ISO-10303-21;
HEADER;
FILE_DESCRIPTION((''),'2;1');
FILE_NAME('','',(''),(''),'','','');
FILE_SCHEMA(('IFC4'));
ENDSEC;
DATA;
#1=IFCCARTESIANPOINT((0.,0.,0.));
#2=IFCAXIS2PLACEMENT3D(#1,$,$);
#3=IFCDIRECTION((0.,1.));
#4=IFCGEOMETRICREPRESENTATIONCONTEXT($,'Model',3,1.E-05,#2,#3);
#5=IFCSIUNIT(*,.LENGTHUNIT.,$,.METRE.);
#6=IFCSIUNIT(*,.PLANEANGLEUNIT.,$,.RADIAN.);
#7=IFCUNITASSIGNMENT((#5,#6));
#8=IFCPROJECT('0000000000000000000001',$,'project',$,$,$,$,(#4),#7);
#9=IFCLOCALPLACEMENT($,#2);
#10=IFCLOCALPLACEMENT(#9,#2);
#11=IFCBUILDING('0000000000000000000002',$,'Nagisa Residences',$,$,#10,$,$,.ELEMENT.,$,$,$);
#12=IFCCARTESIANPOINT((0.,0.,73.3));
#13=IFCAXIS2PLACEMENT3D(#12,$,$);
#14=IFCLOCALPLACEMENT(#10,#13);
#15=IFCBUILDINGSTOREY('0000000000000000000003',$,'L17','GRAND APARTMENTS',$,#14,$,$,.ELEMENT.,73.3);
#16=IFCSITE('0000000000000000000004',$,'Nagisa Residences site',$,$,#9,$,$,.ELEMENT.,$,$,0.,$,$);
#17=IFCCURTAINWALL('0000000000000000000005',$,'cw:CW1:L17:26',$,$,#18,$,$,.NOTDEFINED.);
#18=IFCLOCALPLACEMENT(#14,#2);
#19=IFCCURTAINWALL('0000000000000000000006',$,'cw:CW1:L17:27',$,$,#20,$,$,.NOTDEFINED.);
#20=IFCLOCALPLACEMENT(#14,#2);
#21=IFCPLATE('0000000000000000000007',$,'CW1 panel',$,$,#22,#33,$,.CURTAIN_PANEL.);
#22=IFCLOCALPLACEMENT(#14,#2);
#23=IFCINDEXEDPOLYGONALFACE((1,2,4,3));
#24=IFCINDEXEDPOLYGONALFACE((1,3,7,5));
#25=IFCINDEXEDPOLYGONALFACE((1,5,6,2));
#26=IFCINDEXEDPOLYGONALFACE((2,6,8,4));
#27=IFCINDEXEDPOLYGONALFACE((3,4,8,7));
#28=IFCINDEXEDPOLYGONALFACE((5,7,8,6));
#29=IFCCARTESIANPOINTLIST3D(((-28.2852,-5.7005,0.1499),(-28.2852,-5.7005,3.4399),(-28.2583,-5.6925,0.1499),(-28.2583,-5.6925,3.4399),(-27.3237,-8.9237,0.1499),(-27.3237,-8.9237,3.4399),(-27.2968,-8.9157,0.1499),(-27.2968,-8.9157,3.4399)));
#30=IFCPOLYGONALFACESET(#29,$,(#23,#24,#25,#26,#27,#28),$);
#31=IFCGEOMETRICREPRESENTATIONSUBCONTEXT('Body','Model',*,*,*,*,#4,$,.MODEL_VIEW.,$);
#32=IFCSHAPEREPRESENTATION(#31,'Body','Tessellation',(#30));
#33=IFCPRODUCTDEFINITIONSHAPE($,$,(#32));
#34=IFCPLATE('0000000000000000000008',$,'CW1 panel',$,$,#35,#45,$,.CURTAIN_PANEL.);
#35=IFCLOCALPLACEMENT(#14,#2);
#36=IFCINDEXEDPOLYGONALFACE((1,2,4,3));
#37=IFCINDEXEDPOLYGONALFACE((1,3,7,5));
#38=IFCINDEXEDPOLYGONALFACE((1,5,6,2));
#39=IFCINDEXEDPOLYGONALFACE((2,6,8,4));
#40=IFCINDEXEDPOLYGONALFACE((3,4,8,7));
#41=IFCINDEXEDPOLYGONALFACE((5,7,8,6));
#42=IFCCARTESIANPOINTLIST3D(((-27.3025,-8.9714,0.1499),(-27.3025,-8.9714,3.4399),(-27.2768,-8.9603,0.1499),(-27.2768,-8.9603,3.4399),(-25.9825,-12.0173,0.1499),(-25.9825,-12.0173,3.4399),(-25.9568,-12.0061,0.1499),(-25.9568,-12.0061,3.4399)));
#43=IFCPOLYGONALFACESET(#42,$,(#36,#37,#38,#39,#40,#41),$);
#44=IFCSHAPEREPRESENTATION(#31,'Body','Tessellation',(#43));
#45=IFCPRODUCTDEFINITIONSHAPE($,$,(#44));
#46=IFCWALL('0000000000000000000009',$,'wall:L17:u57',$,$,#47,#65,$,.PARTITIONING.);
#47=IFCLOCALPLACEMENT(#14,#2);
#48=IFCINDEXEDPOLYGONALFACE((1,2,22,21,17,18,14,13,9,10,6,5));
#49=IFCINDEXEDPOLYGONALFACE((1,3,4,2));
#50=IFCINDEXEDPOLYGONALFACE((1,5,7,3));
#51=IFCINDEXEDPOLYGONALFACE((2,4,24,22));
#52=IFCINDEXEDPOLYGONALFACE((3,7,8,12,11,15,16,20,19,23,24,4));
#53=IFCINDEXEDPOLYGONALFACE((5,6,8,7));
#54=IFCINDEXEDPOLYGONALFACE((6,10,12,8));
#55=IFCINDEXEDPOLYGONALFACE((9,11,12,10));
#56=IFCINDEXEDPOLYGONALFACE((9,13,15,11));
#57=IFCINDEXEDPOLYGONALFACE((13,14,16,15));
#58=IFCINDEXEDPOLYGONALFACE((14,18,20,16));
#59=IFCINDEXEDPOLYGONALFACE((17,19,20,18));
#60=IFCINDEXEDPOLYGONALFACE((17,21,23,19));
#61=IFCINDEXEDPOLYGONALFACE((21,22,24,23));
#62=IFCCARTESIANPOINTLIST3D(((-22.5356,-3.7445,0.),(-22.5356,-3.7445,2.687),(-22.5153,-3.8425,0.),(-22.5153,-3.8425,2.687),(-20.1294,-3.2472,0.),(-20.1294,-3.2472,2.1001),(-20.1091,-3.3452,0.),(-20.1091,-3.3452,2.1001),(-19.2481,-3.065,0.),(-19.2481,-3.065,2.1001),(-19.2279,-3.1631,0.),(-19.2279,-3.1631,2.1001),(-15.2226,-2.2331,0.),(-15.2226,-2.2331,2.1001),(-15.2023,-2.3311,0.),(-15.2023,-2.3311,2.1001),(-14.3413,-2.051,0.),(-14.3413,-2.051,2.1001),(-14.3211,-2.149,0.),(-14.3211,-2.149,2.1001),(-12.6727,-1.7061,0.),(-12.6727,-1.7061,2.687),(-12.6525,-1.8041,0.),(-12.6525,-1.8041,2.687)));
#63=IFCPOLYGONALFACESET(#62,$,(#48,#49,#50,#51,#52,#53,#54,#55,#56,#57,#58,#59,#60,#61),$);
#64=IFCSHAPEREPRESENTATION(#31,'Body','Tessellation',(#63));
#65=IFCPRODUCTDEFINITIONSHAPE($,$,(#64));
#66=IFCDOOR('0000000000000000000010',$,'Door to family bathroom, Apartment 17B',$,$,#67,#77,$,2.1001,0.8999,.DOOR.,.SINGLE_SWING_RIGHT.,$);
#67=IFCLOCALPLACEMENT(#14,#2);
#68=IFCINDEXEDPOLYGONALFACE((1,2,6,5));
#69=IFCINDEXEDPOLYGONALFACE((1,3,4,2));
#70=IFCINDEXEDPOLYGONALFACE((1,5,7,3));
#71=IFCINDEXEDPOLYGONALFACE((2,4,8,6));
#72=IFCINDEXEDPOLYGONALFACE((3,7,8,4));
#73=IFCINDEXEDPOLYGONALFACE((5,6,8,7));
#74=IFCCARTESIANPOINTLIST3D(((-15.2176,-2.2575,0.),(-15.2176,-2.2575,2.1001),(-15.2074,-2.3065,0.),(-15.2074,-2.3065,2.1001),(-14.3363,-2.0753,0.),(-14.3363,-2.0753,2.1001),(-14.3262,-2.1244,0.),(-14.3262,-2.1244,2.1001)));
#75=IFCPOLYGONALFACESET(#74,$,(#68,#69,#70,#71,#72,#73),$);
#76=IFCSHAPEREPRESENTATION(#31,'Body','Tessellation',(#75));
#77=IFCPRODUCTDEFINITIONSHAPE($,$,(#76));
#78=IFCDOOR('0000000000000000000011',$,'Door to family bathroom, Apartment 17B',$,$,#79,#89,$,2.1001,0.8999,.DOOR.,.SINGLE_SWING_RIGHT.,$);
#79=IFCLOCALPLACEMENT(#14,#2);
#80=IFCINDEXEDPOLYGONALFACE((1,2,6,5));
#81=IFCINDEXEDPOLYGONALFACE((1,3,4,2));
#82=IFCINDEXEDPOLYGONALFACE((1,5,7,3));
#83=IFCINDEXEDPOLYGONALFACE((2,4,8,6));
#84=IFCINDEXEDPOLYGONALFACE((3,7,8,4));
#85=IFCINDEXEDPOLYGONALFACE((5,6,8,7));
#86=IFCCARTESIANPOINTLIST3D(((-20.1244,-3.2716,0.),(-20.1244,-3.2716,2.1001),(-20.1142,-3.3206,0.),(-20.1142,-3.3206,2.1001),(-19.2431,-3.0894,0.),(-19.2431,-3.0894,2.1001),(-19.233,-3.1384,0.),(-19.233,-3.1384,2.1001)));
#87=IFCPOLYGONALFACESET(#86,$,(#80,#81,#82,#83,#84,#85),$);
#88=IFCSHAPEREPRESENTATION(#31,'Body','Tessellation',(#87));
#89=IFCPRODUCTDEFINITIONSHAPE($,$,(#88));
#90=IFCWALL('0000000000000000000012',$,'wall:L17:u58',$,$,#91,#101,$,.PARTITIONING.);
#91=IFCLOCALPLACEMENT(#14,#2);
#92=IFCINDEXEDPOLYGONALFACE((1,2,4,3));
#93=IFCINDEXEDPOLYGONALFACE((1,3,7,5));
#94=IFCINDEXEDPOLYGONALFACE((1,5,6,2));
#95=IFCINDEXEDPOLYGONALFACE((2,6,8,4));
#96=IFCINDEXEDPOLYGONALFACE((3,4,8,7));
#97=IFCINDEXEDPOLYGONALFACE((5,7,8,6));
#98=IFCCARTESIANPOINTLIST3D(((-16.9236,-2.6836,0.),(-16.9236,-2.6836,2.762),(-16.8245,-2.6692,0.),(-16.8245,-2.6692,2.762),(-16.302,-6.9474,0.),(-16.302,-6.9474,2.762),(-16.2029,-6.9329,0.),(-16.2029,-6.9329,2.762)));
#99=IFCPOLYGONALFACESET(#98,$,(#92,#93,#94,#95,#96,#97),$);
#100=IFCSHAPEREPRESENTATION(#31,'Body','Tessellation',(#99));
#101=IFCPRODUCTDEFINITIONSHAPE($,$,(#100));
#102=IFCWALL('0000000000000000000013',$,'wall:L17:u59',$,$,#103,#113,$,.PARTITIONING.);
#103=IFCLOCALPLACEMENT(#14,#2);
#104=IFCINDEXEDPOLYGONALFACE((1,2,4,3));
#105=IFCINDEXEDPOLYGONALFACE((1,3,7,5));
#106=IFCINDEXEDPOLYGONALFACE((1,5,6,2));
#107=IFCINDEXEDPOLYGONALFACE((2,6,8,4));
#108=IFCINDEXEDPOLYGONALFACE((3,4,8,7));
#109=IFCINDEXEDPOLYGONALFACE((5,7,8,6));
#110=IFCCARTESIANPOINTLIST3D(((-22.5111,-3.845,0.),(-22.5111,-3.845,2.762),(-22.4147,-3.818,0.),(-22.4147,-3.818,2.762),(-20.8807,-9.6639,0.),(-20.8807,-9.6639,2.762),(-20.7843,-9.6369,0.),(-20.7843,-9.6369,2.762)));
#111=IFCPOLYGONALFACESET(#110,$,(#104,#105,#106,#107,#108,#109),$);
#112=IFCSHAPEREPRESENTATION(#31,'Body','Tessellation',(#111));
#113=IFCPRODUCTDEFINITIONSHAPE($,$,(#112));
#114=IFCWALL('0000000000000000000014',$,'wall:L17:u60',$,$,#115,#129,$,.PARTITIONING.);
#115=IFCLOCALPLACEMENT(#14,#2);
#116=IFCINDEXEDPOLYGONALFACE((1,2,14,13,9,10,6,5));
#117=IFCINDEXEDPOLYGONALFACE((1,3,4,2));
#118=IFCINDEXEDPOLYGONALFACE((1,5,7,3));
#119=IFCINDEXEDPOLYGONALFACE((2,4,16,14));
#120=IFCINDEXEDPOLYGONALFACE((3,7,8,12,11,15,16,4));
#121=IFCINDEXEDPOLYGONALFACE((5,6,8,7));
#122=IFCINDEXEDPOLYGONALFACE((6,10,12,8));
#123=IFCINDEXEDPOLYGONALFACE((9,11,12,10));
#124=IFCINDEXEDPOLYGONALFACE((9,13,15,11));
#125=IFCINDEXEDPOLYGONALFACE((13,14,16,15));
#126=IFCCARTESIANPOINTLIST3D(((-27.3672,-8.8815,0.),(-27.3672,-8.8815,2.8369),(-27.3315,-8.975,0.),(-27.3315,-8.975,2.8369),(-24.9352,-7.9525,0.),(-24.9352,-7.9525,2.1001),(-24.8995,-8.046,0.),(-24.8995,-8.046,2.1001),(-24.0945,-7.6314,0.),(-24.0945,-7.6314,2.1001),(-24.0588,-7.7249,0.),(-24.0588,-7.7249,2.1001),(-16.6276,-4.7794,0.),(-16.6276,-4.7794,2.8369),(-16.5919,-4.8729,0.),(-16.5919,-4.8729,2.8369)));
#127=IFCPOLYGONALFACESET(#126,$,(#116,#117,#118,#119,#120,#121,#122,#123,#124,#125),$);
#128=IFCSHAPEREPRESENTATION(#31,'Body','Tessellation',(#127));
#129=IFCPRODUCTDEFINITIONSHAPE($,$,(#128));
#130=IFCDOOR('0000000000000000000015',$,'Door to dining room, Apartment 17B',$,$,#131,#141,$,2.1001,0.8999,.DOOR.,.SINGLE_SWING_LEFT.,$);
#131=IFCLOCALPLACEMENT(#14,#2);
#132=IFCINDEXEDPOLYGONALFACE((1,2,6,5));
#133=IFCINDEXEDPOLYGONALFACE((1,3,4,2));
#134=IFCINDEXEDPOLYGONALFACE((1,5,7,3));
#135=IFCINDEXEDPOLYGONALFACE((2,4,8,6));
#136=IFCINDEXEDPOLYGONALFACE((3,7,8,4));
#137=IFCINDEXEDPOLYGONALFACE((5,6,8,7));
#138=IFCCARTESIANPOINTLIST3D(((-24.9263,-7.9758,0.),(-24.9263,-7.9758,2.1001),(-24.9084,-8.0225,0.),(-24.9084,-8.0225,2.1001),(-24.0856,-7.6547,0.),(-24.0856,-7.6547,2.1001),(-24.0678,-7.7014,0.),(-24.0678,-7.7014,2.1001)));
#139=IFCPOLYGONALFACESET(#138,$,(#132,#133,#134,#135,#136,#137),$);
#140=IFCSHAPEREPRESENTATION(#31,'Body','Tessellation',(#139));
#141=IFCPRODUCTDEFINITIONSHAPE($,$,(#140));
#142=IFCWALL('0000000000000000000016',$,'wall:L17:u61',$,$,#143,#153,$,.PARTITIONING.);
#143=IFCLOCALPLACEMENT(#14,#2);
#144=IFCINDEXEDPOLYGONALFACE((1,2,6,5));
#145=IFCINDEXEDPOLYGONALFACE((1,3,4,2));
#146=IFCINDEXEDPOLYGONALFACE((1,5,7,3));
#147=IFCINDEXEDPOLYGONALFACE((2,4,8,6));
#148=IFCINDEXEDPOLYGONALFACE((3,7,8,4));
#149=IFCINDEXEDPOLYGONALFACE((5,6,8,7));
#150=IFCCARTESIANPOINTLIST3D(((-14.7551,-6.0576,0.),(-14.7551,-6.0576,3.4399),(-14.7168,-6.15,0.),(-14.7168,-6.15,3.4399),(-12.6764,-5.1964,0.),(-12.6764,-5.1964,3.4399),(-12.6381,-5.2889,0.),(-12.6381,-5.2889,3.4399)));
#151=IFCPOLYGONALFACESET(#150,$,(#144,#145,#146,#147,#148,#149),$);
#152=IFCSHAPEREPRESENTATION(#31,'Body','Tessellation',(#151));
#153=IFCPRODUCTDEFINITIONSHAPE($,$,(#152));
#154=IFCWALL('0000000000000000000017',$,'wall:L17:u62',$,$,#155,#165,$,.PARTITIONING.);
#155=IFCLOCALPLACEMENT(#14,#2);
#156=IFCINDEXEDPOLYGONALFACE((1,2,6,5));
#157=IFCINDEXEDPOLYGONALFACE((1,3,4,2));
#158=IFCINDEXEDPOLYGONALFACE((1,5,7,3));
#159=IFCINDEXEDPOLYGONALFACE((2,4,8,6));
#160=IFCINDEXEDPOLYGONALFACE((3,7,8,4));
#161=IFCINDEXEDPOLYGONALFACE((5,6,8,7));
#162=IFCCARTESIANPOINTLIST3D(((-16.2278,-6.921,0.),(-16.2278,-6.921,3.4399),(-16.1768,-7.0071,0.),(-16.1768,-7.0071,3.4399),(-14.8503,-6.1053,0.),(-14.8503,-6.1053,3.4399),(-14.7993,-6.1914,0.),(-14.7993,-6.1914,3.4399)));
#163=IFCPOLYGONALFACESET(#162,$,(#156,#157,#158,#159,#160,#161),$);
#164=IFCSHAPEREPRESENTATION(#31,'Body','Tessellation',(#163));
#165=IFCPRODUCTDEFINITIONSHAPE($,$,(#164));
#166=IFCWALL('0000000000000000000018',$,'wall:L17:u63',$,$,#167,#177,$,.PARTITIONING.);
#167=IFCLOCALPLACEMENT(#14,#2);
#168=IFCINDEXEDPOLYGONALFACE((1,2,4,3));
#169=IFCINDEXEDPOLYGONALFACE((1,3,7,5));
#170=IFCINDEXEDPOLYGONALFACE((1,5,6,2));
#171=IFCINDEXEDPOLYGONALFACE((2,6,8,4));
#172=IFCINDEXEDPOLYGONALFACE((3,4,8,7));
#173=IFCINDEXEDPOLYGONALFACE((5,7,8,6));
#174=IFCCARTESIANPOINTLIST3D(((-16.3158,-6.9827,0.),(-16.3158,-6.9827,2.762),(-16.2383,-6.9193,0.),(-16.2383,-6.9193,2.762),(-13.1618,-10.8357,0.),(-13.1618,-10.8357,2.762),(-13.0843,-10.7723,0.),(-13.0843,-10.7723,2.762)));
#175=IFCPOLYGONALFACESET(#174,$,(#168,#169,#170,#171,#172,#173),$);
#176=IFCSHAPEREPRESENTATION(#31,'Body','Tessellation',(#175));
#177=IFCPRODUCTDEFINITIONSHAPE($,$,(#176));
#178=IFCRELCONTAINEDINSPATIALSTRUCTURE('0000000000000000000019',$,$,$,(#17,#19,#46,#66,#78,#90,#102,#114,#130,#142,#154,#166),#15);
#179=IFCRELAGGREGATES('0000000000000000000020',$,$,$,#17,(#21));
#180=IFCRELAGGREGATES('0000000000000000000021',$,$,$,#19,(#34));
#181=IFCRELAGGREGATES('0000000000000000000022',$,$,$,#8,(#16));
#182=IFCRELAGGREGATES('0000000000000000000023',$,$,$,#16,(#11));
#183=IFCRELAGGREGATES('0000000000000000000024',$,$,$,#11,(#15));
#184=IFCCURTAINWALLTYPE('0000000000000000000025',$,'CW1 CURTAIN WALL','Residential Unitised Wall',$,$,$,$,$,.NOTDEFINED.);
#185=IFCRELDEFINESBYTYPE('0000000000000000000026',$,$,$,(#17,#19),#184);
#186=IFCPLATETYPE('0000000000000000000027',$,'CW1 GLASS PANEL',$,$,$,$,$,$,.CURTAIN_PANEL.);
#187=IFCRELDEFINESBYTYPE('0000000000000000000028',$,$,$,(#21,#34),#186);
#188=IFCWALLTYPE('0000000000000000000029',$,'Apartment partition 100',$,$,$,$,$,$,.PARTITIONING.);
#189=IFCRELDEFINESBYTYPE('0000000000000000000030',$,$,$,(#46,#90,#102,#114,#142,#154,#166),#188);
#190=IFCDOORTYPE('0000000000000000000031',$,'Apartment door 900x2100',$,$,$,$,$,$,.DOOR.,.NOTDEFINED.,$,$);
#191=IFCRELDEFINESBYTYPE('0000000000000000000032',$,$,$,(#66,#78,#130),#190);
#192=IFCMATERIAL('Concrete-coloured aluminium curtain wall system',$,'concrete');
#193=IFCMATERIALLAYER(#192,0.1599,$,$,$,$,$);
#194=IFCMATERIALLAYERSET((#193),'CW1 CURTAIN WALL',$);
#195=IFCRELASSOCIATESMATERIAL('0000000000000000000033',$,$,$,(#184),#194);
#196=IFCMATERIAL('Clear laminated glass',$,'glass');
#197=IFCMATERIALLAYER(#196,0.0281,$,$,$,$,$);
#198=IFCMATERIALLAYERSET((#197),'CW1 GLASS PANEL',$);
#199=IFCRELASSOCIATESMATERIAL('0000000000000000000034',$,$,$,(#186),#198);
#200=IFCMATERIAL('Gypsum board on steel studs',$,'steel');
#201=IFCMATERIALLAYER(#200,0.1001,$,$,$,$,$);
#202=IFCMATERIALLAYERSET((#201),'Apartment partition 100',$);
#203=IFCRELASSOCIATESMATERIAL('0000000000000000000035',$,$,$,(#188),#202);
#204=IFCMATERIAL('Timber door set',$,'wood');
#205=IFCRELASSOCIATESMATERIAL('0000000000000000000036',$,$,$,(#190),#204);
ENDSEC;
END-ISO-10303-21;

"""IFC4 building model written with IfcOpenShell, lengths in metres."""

from ifc_helpers import new_model, si_unit, direction, frame, frame_2d, origin, origin_2d, place, context, subcontext, project, spatial, rectangle, extrude, material, layer, layer_set, type_object, element, fill, aggregate, save


model = new_model("IFC4")

# Units and contexts
model_context = context("Model", 3, precision=1e-05, world=origin(), true_north=direction((0.0, 1.0)))
body_context = subcontext(model_context, "Body", "Model", "MODEL_VIEW")
ifc_project = project(units=[si_unit("LENGTHUNIT", "METRE"), si_unit("PLANEANGLEUNIT", "RADIAN")], contexts=[model_context])

# Site, building, storey
site_placement = place(None, origin())
site = spatial("IfcSite", under=ifc_project, at=site_placement, Name="Nagisa Residences site", CompositionType="ELEMENT", RefElevation=0.0)
building_placement = place(site_placement, origin())
building = spatial("IfcBuilding", under=site, at=building_placement, Name="Nagisa Residences", CompositionType="ELEMENT")
storey_placement = place(building_placement, frame((0.0, 0.0, 73.3)))
storey = spatial("IfcBuildingStorey", under=building, at=storey_placement, Name="L17", Description="GRAND APARTMENTS", CompositionType="ELEMENT", Elevation=73.3)

# Curtain walls
ifc_material_1 = material(Name="Concrete-coloured aluminium curtain wall system", Category="concrete")
ifc_layer_1 = layer(ifc_material_1, 0.1599)
ifc_layer_set_1 = layer_set([ifc_layer_1], Name="CW1 CURTAIN WALL")
curtain_wall_type = type_object("IfcCurtainWallType", Name="CW1 CURTAIN WALL", Description="Residential Unitised Wall", PredefinedType="NOTDEFINED", material=ifc_layer_set_1)
curtain_wall_1_placement = place(storey_placement, origin())
curtain_wall_1 = element("IfcCurtainWall", 1, at=curtain_wall_1_placement, inside=storey, type_object=curtain_wall_type, Name="cw:CW1:L17:26", PredefinedType="NOTDEFINED")
curtain_wall_2_placement = place(storey_placement, origin())
curtain_wall_2 = element("IfcCurtainWall", 2, at=curtain_wall_2_placement, inside=storey, type_object=curtain_wall_type, Name="cw:CW1:L17:27", PredefinedType="NOTDEFINED")

# Plates
ifc_material_2 = material(Name="Clear laminated glass", Category="glass")
ifc_layer_2 = layer(ifc_material_2, 0.0281)
ifc_layer_set_2 = layer_set([ifc_layer_2], Name="CW1 GLASS PANEL")
plate_type = type_object("IfcPlateType", Name="CW1 GLASS PANEL", PredefinedType="CURTAIN_PANEL", material=ifc_layer_set_2)
plate_1_placement = place(storey_placement, frame((-27.791, -7.3081, 0.1499), z_axis=(0.0, 0.0, 1.0), x_axis=(0.28586, -0.958271, 0.0)))
plate_1 = element("IfcPlate", 3, at=plate_1_placement, type_object=plate_type, Name="CW1 panel", PredefinedType="CURTAIN_PANEL", context=body_context, shape_type="SweptSolid", body=[
    extrude(rectangle(XDim=3.3635, YDim=0.0281, at=origin_2d()), origin(), (0.0, 0.0, 1.0), 3.29),
])
aggregate(curtain_wall_1, [plate_1])
plate_2_placement = place(storey_placement, frame((-26.6296, -10.4888, 0.1499), z_axis=(0.0, 0.0, 1.0), x_axis=(0.397636, -0.917543, 0.0)))
plate_2 = element("IfcPlate", 4, at=plate_2_placement, type_object=plate_type, Name="CW1 panel", PredefinedType="CURTAIN_PANEL", context=body_context, shape_type="SweptSolid", body=[
    extrude(rectangle(XDim=3.3196, YDim=0.0281, at=origin_2d()), origin(), (0.0, 0.0, 1.0), 3.29),
])
aggregate(curtain_wall_2, [plate_2])

# Wall, openings, doors
ifc_material_3 = material(Name="Gypsum board on steel studs", Category="steel")
ifc_layer_3 = layer(ifc_material_3, 0.1001)
ifc_layer_set_3 = layer_set([ifc_layer_3], Name="Apartment partition 100")
wall_type_1 = type_object("IfcWallType", Name="Apartment partition 100", PredefinedType="PARTITIONING", material=ifc_layer_set_3)
wall_1_placement = place(storey_placement, frame((-12.6626, -1.7551, 0.0), z_axis=(0.0, 0.0, 1.0), x_axis=(-0.979305, -0.202392, 0.0)))
wall_1 = element("IfcWall", 5, at=wall_1_placement, inside=storey, type_object=wall_type_1, Name="wall:L17:u57", PredefinedType="PARTITIONING", context=body_context, shape_type="SweptSolid", body=[
    extrude(rectangle(XDim=10.0713, YDim=0.1001, at=frame_2d((5.0356, 0.0))), origin(), (0.0, 0.0, 1.0), 2.687),
])
opening_1_placement = place(wall_1_placement, frame((1.7039, 0.0, 0.0)))
opening_1 = element("IfcOpeningElement", 6, at=opening_1_placement, cuts=wall_1, PredefinedType="OPENING", context=body_context, shape_type="SweptSolid", body=[
    extrude(rectangle(XDim=0.8999, YDim=2.1001, at=frame_2d((0.45, 1.05))), frame((0.0, 0.0601, 0.0), z_axis=(0.0, -1.0, 0.0), x_axis=(1.0, 0.0, 0.0)), (0.0, 0.0, 1.0), 0.1201),
])
opening_2_placement = place(wall_1_placement, frame((6.7144, 0.0, 0.0)))
opening_2 = element("IfcOpeningElement", 7, at=opening_2_placement, cuts=wall_1, PredefinedType="OPENING", context=body_context, shape_type="SweptSolid", body=[
    extrude(rectangle(XDim=0.8999, YDim=2.1001, at=frame_2d((0.45, 1.05))), frame((0.0, 0.0601, 0.0), z_axis=(0.0, -1.0, 0.0), x_axis=(1.0, 0.0, 0.0)), (0.0, 0.0, 1.0), 0.1201),
])
ifc_material_4 = material(Name="Timber door set", Category="wood")
door_type_1 = type_object("IfcDoorType", Name="Apartment door 900x2100", OperationType="NOTDEFINED", PredefinedType="DOOR", material=ifc_material_4)
door_1_placement = place(opening_1_placement, origin())
door_1 = element("IfcDoor", 8, at=door_1_placement, inside=storey, type_object=door_type_1, Name="Door to family bathroom, Apartment 17B", OperationType="SINGLE_SWING_RIGHT", OverallHeight=2.1001, OverallWidth=0.8999, PredefinedType="DOOR", context=body_context, shape_type="SweptSolid", body=[
    extrude(rectangle(XDim=0.8999, YDim=2.1001, at=frame_2d((0.45, 1.05))), frame((0.0, 0.0249, 0.0), z_axis=(0.0, -1.0, 0.0), x_axis=(1.0, 0.0, 0.0)), (0.0, 0.0, 1.0), 0.05),
])
fill(opening_1, door_1)
door_2_placement = place(opening_2_placement, origin())
door_2 = element("IfcDoor", 9, at=door_2_placement, inside=storey, type_object=door_type_1, Name="Door to family bathroom, Apartment 17B", OperationType="SINGLE_SWING_RIGHT", OverallHeight=2.1001, OverallWidth=0.8999, PredefinedType="DOOR", context=body_context, shape_type="SweptSolid", body=[
    extrude(rectangle(XDim=0.8999, YDim=2.1001, at=frame_2d((0.45, 1.05))), frame((0.0, 0.0249, 0.0), z_axis=(0.0, -1.0, 0.0), x_axis=(1.0, 0.0, 0.0)), (0.0, 0.0, 1.0), 0.05),
])
fill(opening_2, door_2)

# Walls
wall_2_placement = place(storey_placement, frame((-16.874, -2.6765, 0.0), z_axis=(0.0, 0.0, 1.0), x_axis=(0.144261, -0.98954, 0.0)))
element("IfcWall", 10, at=wall_2_placement, inside=storey, type_object=wall_type_1, Name="wall:L17:u58", PredefinedType="PARTITIONING", context=body_context, shape_type="SweptSolid", body=[
    extrude(rectangle(XDim=4.3088, YDim=0.1001, at=frame_2d((2.1543, 0.0))), origin(), (0.0, 0.0, 1.0), 2.762),
])
wall_3_placement = place(storey_placement, frame((-22.4629, -3.8315, 0.0), z_axis=(0.0, 0.0, 1.0), x_axis=(0.269798, -0.962917, 0.0)))
element("IfcWall", 11, at=wall_3_placement, inside=storey, type_object=wall_type_1, Name="wall:L17:u59", PredefinedType="PARTITIONING", context=body_context, shape_type="SweptSolid", body=[
    extrude(rectangle(XDim=6.043, YDim=0.1001, at=frame_2d((3.0215, 0.0))), origin(), (0.0, 0.0, 1.0), 2.762),
])

# Wall, opening, door
wall_4_placement = place(storey_placement, frame((-16.6099, -4.8262, 0.0), z_axis=(0.0, 0.0, 1.0), x_axis=(-0.934175, -0.356816, 0.0)))
wall_4 = element("IfcWall", 12, at=wall_4_placement, inside=storey, type_object=wall_type_1, Name="wall:L17:u60", PredefinedType="PARTITIONING", context=body_context, shape_type="SweptSolid", body=[
    extrude(rectangle(XDim=11.4963, YDim=0.1001, at=frame_2d((5.748, 0.0))), origin(), (0.0, 0.0, 1.0), 2.8369),
])
opening_3_placement = place(wall_4_placement, frame((7.9929, 0.0, 0.0)))
opening_3 = element("IfcOpeningElement", 13, at=opening_3_placement, cuts=wall_4, PredefinedType="OPENING", context=body_context, shape_type="SweptSolid", body=[
    extrude(rectangle(XDim=0.8999, YDim=2.1001, at=frame_2d((0.45, 1.05))), frame((0.0, 0.0601, 0.0), z_axis=(0.0, -1.0, 0.0), x_axis=(1.0, 0.0, 0.0)), (0.0, 0.0, 1.0), 0.1201),
])
door_3_placement = place(opening_3_placement, origin())
door_3 = element("IfcDoor", 14, at=door_3_placement, inside=storey, type_object=door_type_1, Name="Door to dining room, Apartment 17B", OperationType="SINGLE_SWING_LEFT", OverallHeight=2.1001, OverallWidth=0.8999, PredefinedType="DOOR", context=body_context, shape_type="SweptSolid", body=[
    extrude(rectangle(XDim=0.8999, YDim=2.1001, at=frame_2d((0.45, 1.05))), frame((0.0, 0.0249, 0.0), z_axis=(0.0, -1.0, 0.0), x_axis=(1.0, 0.0, 0.0)), (0.0, 0.0, 1.0), 0.05),
])
fill(opening_3, door_3)

# Walls
wall_5_placement = place(storey_placement, frame((-12.6572, -5.2427, 0.0), z_axis=(0.0, 0.0, 1.0), x_axis=(-0.923865, -0.382719, 0.0)))
element("IfcWall", 15, at=wall_5_placement, inside=storey, type_object=wall_type_1, Name="wall:L17:u61", PredefinedType="PARTITIONING", context=body_context, shape_type="SweptSolid", body=[
    extrude(rectangle(XDim=2.25, YDim=0.1001, at=frame_2d((1.125, 0.0))), origin(), (0.0, 0.0, 1.0), 3.4399),
])
wall_6_placement = place(storey_placement, frame((-14.825, -6.1484, 0.0), z_axis=(0.0, 0.0, 1.0), x_axis=(-0.860453, -0.509531, 0.0)))
element("IfcWall", 16, at=wall_6_placement, inside=storey, type_object=wall_type_1, Name="wall:L17:u62", PredefinedType="PARTITIONING", context=body_context, shape_type="SweptSolid", body=[
    extrude(rectangle(XDim=1.6008, YDim=0.1001, at=frame_2d((0.8003, 0.0))), origin(), (0.0, 0.0, 1.0), 3.4399),
])
wall_7_placement = place(storey_placement, frame((-16.2771, -6.9509, 0.0), z_axis=(0.0, 0.0, 1.0), x_axis=(0.633427, -0.773802, 0.0)))
element("IfcWall", 17, at=wall_7_placement, inside=storey, type_object=wall_type_1, Name="wall:L17:u63", PredefinedType="PARTITIONING", context=body_context, shape_type="SweptSolid", body=[
    extrude(rectangle(XDim=4.9792, YDim=0.1001, at=frame_2d((2.4897, 0.0))), origin(), (0.0, 0.0, 1.0), 2.762),
])

save(model, "model.ifc")
